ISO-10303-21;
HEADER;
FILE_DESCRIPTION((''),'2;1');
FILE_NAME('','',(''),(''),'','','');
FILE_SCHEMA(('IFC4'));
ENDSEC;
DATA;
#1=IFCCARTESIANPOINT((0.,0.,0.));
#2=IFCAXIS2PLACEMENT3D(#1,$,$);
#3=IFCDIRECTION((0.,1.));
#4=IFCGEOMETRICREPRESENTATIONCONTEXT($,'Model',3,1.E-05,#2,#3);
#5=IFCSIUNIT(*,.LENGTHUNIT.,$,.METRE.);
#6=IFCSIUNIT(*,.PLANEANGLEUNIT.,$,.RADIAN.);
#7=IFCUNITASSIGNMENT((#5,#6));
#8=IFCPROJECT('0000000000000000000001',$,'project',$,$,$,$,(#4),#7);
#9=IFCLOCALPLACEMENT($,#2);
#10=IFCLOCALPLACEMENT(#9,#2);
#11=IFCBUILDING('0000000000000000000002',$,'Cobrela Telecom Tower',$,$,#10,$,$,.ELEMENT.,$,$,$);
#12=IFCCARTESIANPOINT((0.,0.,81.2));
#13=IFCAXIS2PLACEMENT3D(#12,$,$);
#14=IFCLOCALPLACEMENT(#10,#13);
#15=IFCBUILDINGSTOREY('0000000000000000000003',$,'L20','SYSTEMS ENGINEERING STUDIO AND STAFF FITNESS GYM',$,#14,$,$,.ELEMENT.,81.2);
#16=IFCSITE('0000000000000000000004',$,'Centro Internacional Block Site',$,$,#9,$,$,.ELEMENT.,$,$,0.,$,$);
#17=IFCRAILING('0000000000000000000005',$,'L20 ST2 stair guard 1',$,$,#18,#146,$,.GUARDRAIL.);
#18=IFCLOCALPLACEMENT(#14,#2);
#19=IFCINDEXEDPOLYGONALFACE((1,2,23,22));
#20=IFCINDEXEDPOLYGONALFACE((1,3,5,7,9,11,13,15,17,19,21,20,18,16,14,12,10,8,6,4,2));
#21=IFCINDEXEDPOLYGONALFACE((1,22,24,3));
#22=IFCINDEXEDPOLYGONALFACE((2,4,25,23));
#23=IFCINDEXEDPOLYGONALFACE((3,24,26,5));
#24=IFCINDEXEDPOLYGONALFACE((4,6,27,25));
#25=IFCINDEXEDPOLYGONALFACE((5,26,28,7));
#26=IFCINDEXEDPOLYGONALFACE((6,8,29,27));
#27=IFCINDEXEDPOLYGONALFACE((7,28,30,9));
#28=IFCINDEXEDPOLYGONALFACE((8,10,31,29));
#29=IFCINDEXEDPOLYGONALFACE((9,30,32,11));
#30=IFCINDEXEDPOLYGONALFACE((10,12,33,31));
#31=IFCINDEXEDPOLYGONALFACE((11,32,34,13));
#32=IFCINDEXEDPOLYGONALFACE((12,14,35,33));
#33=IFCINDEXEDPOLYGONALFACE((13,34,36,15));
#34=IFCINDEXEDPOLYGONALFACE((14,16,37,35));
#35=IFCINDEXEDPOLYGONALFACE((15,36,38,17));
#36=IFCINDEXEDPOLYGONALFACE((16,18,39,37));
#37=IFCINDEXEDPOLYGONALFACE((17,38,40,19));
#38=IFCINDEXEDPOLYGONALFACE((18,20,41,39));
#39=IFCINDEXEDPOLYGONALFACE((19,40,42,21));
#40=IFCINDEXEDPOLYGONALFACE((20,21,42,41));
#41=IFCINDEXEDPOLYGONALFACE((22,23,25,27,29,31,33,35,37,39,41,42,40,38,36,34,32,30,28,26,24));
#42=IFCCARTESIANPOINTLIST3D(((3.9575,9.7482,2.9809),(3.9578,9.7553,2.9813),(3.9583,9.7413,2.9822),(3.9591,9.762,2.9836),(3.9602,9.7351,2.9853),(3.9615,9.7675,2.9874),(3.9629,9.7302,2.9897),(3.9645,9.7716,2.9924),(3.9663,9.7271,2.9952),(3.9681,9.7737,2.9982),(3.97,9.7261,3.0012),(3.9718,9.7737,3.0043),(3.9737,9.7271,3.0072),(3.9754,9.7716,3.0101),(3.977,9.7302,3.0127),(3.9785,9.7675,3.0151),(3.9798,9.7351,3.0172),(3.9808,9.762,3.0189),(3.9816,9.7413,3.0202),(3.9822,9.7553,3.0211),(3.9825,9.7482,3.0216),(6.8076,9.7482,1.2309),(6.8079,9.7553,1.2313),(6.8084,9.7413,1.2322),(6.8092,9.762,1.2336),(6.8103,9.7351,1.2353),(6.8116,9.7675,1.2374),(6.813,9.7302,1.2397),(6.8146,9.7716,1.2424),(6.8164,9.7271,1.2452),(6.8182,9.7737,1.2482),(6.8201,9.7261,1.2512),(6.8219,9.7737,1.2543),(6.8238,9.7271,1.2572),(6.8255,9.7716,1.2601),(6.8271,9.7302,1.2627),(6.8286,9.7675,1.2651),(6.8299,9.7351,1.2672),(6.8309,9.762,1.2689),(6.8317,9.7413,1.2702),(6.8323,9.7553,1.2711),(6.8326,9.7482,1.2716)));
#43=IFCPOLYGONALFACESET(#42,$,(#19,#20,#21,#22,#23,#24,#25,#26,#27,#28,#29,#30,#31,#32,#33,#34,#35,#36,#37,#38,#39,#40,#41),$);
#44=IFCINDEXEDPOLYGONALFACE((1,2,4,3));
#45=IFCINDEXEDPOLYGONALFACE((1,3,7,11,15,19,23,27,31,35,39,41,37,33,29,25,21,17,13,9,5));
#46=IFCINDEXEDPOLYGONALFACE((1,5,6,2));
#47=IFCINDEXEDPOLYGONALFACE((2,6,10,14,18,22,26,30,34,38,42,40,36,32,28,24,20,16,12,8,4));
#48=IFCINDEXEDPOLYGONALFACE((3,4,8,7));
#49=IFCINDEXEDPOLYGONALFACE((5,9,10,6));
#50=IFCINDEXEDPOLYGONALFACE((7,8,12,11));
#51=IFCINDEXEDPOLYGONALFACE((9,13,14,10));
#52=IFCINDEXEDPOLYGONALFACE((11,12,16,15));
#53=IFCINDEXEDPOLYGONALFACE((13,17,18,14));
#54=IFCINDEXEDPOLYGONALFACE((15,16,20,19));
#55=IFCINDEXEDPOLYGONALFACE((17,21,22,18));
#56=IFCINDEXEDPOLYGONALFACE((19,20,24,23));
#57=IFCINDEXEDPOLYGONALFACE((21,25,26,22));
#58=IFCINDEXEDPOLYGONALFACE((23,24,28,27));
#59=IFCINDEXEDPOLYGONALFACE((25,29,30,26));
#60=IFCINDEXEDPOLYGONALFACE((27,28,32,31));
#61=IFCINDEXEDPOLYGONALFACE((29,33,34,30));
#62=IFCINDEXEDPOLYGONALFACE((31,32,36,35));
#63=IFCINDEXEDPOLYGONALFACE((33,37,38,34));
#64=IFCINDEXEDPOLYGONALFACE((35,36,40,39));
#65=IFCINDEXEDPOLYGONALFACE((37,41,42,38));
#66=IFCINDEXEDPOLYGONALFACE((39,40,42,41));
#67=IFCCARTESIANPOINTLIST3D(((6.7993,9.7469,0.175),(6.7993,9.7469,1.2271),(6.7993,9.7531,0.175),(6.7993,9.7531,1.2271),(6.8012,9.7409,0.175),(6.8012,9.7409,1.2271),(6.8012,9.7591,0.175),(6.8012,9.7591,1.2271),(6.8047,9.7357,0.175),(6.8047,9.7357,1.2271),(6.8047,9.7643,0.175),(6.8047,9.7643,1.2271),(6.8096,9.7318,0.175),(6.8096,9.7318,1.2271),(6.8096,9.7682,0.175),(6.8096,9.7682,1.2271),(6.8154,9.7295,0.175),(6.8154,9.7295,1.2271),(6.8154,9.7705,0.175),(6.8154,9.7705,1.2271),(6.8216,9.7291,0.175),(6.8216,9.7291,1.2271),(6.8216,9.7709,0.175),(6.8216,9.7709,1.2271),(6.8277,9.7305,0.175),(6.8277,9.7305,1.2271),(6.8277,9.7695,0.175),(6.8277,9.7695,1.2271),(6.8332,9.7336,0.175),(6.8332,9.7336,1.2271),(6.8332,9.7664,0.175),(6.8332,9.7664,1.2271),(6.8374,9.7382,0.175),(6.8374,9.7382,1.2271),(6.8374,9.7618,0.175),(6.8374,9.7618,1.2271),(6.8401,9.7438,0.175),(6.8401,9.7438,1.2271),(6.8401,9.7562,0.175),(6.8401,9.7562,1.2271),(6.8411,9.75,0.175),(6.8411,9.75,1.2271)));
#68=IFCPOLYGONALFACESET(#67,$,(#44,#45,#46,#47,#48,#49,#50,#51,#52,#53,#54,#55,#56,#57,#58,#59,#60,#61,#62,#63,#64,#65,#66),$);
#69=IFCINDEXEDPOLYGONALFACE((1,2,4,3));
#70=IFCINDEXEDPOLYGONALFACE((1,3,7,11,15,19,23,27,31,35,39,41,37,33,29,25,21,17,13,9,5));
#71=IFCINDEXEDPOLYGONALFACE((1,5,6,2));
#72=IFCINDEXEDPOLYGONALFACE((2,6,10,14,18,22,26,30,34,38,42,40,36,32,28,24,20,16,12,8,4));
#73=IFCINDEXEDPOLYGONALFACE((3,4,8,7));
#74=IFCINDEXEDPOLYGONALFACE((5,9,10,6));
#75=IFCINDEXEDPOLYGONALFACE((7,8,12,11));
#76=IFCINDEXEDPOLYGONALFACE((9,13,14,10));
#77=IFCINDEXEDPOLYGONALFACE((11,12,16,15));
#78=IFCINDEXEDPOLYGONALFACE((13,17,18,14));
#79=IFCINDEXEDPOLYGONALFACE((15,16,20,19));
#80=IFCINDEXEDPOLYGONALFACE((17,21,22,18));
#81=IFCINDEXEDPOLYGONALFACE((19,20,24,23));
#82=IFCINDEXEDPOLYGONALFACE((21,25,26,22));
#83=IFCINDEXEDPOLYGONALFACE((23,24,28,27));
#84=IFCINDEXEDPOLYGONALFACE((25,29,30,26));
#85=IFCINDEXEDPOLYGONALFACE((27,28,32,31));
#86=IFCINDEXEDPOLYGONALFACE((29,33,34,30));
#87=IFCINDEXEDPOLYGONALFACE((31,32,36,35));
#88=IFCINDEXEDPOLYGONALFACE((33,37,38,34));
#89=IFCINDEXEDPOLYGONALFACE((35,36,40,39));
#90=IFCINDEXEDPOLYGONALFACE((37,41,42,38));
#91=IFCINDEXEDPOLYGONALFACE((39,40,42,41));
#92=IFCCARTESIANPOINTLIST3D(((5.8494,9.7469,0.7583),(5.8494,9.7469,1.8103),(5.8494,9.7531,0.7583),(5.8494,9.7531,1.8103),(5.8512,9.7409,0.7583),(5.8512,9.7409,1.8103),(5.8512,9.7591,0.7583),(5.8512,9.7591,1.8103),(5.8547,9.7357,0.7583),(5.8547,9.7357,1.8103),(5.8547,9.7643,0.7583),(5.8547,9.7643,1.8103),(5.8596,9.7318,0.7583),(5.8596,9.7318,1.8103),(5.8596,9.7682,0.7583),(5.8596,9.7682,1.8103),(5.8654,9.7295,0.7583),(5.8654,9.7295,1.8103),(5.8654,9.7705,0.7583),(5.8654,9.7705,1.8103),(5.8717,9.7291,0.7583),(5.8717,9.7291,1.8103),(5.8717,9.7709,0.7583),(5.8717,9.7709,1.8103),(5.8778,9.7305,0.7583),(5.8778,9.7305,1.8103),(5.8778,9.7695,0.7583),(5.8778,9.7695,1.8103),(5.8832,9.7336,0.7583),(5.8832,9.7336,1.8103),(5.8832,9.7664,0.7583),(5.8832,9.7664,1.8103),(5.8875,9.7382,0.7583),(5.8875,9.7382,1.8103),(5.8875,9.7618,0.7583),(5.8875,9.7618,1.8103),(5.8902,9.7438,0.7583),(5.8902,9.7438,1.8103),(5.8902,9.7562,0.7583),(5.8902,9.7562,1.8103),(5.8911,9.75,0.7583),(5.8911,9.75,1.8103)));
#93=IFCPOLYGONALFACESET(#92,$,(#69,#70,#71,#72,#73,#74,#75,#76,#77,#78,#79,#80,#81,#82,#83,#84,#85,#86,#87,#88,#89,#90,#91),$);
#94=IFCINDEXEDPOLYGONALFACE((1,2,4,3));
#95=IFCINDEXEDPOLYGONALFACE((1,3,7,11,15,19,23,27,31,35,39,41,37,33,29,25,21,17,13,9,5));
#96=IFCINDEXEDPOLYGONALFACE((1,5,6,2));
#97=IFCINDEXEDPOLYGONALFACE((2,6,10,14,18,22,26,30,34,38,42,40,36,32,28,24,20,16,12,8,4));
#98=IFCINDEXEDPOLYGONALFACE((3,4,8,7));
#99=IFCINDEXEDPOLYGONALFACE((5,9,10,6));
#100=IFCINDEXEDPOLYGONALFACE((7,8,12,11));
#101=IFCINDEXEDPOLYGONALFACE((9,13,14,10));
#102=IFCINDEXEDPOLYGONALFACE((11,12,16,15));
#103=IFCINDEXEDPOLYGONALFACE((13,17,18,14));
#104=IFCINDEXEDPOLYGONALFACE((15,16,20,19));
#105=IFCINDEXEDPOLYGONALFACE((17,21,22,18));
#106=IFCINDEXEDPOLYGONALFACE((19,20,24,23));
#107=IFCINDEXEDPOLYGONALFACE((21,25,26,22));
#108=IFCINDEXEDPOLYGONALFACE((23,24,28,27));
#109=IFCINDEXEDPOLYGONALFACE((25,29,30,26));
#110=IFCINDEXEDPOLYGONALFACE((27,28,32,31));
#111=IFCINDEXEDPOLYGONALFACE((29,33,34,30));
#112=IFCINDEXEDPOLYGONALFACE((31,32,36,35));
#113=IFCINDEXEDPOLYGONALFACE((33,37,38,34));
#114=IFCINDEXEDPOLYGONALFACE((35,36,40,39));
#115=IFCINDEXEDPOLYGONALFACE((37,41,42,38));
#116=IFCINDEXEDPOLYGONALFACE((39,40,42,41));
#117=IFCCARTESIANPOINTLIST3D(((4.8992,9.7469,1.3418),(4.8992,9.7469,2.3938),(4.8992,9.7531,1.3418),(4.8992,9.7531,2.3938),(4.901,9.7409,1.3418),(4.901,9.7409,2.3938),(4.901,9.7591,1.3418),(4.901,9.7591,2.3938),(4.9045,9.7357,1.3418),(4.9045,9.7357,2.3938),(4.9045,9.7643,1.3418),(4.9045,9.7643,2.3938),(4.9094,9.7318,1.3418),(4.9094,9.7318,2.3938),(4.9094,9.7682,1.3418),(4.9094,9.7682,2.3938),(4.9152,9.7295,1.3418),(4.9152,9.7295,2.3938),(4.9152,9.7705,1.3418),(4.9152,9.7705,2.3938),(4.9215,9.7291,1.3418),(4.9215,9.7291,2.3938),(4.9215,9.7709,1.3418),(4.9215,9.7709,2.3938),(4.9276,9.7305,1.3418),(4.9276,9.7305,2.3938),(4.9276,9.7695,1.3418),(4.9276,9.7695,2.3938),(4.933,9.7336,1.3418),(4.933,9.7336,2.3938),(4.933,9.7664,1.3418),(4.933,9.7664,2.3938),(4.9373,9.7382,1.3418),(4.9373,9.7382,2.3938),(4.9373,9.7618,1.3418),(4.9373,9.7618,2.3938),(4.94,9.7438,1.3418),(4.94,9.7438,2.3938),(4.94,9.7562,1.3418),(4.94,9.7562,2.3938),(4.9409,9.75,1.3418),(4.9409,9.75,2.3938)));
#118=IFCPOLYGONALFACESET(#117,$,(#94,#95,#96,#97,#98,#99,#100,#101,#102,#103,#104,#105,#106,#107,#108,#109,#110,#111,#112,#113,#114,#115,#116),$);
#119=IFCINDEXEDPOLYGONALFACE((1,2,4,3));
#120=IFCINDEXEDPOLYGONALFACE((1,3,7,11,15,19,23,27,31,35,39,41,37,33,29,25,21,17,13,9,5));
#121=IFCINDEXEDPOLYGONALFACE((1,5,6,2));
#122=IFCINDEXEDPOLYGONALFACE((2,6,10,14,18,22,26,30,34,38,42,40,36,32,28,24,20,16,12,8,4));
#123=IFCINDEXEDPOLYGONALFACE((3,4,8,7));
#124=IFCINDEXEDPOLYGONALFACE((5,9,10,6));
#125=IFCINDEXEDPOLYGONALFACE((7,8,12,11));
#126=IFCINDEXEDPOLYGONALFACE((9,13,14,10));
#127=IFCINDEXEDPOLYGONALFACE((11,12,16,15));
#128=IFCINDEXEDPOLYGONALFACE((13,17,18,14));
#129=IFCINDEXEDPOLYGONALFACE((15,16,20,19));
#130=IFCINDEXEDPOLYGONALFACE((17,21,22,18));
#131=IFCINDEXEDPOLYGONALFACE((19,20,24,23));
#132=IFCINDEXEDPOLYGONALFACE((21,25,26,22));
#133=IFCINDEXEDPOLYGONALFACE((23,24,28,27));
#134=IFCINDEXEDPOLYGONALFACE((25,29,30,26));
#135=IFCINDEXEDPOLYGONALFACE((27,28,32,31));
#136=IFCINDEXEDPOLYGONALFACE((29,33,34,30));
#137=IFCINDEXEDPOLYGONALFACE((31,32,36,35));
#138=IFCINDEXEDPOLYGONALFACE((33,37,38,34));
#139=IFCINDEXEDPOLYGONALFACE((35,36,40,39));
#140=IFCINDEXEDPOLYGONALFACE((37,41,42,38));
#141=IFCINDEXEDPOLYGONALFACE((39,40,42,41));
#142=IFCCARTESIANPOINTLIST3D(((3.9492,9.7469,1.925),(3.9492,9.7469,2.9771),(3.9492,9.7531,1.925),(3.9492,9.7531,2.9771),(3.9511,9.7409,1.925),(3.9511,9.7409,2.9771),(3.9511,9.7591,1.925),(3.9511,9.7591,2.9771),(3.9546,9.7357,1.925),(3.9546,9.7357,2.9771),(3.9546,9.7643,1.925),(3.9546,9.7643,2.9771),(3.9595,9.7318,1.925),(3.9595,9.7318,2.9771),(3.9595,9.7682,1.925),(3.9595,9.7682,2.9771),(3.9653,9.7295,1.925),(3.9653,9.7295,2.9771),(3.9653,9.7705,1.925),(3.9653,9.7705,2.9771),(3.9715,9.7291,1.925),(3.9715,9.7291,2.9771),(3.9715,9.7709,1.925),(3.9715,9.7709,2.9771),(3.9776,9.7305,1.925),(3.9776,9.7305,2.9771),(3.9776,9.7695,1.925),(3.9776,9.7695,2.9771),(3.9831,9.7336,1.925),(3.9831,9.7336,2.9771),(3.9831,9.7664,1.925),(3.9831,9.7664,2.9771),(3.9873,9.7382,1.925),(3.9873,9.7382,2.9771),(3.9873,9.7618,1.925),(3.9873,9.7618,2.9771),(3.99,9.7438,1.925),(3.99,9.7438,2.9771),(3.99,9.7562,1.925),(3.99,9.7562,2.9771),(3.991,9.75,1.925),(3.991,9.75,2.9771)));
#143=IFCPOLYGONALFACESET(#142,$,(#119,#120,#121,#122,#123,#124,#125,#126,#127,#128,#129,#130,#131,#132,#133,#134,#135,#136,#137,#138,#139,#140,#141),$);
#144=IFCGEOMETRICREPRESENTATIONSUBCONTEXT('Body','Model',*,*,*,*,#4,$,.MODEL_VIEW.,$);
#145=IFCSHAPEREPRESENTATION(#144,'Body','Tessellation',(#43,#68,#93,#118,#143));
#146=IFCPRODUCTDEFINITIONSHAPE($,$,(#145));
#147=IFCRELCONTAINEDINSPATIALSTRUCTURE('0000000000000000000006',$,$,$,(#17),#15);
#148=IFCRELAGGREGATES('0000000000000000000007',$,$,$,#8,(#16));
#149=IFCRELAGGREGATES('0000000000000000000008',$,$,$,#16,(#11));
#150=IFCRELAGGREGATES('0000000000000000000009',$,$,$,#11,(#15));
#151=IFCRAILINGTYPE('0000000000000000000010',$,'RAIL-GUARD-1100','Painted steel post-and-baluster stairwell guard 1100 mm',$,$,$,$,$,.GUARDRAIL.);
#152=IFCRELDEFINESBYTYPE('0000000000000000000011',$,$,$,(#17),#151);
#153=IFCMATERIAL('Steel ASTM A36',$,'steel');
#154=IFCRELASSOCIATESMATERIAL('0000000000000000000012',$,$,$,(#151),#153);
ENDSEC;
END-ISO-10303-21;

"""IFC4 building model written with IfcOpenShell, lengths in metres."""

from ifc_helpers import new_model, si_unit, direction, frame, origin, origin_2d, place, context, subcontext, project, spatial, circle, extrude, material, type_object, element, save


model = new_model("IFC4")

# Units and contexts
model_context = context("Model", 3, precision=1e-05, world=origin(), true_north=direction((0.0, 1.0)))
body_context = subcontext(model_context, "Body", "Model", "MODEL_VIEW")
ifc_project = project(units=[si_unit("LENGTHUNIT", "METRE"), si_unit("PLANEANGLEUNIT", "RADIAN")], contexts=[model_context])

# Site, building, storey
site_placement = place(None, origin())
site = spatial("IfcSite", under=ifc_project, at=site_placement, Name="Centro Internacional Block Site", CompositionType="ELEMENT", RefElevation=0.0)
building_placement = place(site_placement, origin())
building = spatial("IfcBuilding", under=site, at=building_placement, Name="Cobrela Telecom Tower", CompositionType="ELEMENT")
storey_placement = place(building_placement, frame((0.0, 0.0, 81.2)))
storey = spatial("IfcBuildingStorey", under=building, at=storey_placement, Name="L20", Description="SYSTEMS ENGINEERING STUDIO AND STAFF FITNESS GYM", CompositionType="ELEMENT", Elevation=81.2)

# Railing
ifc_material_1 = material(Name="Steel ASTM A36", Category="steel")
railing_type_1 = type_object("IfcRailingType", Name="RAIL-GUARD-1100", Description="Painted steel post-and-baluster stairwell guard 1100 mm", PredefinedType="GUARDRAIL", material=ifc_material_1)
railing_1_placement = place(storey_placement, frame((6.8201, 9.75, 0.175)))
element("IfcRailing", 1, at=railing_1_placement, inside=storey, type_object=railing_type_1, Name="L20 ST2 stair guard 1", PredefinedType="GUARDRAIL", context=body_context, shape_type="SweptSolid", body=[
    extrude(circle(Radius=0.0239, at=origin_2d()), frame((0.0, 0.0, 1.0762), z_axis=(-0.852179, 0.0, 0.52325), x_axis=(0.0, -1.0, 0.0)), (0.0, 0.0, 1.0), 3.3445),
    extrude(circle(Radius=0.021, at=origin_2d()), origin(), (0.0, 0.0, 1.0), 1.052),
    extrude(circle(Radius=0.021, at=origin_2d()), frame((-0.95, 0.0, 0.5833)), (0.0, 0.0, 1.0), 1.052),
    extrude(circle(Radius=0.021, at=origin_2d()), frame((-1.9001, 0.0, 1.1667)), (0.0, 0.0, 1.0), 1.052),
    extrude(circle(Radius=0.021, at=origin_2d()), frame((-2.8501, 0.0, 1.75)), (0.0, 0.0, 1.0), 1.052),
])

save(model, "model.ifc")
